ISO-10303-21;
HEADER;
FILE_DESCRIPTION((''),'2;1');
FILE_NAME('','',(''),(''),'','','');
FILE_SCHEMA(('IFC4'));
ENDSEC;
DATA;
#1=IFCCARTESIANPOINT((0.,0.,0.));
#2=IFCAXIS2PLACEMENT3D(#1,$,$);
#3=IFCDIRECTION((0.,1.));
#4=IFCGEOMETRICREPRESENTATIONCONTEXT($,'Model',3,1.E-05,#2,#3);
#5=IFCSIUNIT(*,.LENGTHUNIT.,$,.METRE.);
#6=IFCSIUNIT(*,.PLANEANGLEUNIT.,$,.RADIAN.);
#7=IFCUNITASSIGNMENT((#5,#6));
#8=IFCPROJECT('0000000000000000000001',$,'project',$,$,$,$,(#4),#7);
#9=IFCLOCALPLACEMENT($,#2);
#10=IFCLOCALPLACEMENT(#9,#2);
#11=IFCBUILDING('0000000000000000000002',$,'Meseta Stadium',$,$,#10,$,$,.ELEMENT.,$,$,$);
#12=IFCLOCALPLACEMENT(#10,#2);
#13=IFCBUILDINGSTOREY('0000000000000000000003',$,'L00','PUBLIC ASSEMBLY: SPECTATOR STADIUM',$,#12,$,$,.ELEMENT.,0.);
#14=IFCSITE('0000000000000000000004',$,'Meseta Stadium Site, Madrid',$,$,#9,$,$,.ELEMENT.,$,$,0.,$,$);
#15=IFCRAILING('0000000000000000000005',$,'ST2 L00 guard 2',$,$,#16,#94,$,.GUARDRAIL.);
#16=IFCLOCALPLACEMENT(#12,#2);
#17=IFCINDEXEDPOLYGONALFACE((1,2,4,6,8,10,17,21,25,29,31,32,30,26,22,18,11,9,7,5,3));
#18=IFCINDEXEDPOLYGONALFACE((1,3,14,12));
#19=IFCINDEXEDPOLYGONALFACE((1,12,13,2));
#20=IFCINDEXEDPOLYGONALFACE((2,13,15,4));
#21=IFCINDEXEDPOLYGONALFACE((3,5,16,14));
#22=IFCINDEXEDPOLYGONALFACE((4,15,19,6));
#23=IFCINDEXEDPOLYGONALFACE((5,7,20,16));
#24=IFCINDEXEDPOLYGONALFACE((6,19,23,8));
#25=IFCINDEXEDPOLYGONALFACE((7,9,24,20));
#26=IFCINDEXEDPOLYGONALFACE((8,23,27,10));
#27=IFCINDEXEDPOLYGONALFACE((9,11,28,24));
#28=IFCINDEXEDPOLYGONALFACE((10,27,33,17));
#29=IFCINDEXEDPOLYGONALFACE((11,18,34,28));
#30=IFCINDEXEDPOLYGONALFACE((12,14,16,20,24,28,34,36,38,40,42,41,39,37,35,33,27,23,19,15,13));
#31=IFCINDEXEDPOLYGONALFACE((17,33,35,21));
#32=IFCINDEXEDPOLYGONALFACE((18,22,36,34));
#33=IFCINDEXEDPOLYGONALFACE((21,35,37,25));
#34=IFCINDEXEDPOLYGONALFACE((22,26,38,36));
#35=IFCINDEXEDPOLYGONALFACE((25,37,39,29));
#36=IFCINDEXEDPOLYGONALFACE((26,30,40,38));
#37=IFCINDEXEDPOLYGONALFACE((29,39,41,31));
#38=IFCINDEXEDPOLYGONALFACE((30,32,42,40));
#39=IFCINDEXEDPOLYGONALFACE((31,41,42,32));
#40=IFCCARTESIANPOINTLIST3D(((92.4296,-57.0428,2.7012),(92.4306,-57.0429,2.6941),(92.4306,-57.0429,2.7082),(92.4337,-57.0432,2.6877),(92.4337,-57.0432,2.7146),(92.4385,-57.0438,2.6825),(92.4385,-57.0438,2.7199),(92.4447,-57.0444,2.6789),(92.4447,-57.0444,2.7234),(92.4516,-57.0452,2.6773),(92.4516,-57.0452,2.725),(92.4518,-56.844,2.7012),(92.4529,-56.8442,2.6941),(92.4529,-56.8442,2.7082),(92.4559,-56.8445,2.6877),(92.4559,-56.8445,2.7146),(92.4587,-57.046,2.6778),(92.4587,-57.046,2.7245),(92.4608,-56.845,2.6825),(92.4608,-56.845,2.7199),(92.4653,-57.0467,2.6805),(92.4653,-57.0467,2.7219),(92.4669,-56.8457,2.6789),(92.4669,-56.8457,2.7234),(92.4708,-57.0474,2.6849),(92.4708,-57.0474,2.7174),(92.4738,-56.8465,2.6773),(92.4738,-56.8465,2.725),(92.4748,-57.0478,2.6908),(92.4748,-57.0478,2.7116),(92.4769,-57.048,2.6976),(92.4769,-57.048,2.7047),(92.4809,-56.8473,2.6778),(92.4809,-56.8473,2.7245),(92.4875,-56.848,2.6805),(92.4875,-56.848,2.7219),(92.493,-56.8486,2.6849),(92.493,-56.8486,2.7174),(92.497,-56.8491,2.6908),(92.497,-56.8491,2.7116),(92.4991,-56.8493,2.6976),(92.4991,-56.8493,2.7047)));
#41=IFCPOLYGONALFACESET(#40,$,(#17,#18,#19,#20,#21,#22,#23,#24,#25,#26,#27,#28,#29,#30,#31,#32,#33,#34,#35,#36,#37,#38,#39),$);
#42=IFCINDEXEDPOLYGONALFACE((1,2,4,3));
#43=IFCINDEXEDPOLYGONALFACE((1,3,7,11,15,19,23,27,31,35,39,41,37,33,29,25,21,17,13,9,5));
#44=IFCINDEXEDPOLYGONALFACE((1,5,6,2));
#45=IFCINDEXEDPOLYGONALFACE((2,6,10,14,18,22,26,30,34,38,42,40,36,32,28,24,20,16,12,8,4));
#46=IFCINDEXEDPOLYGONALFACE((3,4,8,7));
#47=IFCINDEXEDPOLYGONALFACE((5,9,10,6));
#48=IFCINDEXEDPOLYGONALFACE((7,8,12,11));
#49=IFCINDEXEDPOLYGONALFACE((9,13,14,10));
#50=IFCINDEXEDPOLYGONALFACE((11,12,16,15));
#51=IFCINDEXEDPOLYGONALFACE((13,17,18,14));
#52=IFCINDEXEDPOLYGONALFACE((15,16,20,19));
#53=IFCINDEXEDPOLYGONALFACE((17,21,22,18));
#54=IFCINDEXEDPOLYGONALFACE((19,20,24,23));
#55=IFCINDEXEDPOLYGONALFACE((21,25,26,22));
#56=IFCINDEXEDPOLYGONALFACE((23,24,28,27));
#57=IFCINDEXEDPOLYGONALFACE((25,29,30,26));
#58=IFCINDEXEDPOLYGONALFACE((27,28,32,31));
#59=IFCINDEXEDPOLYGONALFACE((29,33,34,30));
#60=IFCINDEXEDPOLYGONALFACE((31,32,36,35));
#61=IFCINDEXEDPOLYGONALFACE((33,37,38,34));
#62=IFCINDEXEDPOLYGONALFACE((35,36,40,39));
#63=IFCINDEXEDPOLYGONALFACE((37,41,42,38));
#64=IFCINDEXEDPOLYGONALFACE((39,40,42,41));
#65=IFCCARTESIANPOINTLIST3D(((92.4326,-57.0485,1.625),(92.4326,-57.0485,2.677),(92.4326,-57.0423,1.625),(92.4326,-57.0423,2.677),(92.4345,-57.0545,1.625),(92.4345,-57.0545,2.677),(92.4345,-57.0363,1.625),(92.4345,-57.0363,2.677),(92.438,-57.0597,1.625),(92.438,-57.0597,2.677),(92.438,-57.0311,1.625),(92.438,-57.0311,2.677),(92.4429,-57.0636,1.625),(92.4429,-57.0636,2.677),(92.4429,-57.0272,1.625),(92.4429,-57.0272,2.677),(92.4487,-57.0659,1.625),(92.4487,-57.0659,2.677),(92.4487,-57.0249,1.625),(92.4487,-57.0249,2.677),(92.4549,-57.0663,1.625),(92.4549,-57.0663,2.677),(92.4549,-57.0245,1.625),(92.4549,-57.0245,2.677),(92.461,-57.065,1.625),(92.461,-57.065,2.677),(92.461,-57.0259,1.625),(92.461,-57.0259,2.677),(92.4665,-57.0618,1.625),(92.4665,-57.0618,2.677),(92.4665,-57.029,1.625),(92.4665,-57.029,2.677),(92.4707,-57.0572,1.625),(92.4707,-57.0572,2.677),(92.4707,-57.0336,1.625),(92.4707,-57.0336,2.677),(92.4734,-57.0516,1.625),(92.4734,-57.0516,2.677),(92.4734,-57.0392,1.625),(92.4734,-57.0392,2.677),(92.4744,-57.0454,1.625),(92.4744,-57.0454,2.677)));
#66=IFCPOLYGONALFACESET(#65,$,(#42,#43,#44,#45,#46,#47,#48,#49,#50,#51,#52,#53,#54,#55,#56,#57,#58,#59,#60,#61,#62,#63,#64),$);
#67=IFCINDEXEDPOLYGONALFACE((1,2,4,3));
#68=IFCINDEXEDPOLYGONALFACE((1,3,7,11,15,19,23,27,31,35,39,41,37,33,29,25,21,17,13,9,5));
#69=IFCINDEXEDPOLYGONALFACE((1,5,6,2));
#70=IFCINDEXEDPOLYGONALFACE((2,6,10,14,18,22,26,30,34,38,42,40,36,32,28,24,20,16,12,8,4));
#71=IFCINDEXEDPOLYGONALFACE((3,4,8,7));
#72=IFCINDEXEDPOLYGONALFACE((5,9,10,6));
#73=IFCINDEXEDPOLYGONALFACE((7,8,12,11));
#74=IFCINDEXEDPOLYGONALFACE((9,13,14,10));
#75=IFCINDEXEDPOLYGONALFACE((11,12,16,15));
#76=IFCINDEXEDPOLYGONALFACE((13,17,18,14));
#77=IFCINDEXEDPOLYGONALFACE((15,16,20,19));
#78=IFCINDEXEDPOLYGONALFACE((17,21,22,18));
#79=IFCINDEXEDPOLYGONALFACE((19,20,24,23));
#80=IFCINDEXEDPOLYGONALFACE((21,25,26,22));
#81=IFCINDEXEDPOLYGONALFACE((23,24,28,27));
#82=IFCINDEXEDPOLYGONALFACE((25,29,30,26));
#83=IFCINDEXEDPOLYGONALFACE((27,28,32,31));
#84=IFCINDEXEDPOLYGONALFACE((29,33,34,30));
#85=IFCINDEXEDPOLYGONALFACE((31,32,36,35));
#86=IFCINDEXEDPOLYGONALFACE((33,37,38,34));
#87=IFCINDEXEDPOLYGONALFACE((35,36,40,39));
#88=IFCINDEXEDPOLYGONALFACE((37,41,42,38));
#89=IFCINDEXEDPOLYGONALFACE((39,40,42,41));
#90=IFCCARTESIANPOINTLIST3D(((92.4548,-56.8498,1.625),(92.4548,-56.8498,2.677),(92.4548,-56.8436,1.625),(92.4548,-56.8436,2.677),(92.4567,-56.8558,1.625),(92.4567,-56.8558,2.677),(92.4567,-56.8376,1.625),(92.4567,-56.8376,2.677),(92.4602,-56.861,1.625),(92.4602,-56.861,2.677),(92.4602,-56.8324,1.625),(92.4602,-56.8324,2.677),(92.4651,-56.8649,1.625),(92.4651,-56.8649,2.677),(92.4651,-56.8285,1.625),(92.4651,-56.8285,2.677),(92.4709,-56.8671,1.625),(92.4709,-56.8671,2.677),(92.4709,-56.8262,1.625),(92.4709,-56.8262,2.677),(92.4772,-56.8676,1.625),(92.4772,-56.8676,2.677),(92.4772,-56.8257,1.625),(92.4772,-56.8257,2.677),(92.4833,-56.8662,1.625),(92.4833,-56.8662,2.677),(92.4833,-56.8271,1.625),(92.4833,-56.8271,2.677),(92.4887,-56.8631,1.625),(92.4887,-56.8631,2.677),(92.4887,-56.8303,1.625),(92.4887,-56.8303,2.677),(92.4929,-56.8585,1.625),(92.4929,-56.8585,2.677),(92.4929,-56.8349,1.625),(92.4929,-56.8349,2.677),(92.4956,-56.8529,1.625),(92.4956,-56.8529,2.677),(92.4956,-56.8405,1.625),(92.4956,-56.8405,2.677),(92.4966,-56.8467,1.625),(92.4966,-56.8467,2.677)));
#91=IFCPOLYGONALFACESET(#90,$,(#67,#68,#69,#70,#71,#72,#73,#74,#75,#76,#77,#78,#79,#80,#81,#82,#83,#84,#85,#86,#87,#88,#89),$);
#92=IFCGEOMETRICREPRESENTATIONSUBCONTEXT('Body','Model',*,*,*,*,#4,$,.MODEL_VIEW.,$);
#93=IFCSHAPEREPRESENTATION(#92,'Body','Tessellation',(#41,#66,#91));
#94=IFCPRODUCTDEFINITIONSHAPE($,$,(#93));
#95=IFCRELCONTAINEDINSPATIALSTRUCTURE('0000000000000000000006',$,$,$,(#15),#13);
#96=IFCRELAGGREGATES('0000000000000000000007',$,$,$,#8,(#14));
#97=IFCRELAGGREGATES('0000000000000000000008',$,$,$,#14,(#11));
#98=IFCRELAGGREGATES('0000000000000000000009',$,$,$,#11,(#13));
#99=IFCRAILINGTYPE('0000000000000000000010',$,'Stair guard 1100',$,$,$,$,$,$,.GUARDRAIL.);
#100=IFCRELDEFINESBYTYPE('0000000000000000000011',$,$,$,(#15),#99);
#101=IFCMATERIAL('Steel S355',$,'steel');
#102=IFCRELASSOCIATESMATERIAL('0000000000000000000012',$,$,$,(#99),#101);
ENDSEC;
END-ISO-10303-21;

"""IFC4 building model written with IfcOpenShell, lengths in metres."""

from ifc_helpers import new_model, si_unit, direction, frame, origin, origin_2d, place, context, subcontext, project, spatial, circle, extrude, material, type_object, element, save


model = new_model("IFC4")

# Units and contexts
model_context = context("Model", 3, precision=1e-05, world=origin(), true_north=direction((0.0, 1.0)))
body_context = subcontext(model_context, "Body", "Model", "MODEL_VIEW")
ifc_project = project(units=[si_unit("LENGTHUNIT", "METRE"), si_unit("PLANEANGLEUNIT", "RADIAN")], contexts=[model_context])

# Site, building, storey
site_placement = place(None, origin())
site = spatial("IfcSite", under=ifc_project, at=site_placement, Name="Meseta Stadium Site, Madrid", CompositionType="ELEMENT", RefElevation=0.0)
building_placement = place(site_placement, origin())
building = spatial("IfcBuilding", under=site, at=building_placement, Name="Meseta Stadium", CompositionType="ELEMENT")
storey_placement = place(building_placement, origin())
storey = spatial("IfcBuildingStorey", under=building, at=storey_placement, Name="L00", Description="PUBLIC ASSEMBLY: SPECTATOR STADIUM", CompositionType="ELEMENT", Elevation=0.0)

# Railing
ifc_material_1 = material(Name="Steel S355", Category="steel")
railing_type_1 = type_object("IfcRailingType", Name="Stair guard 1100", PredefinedType="GUARDRAIL", material=ifc_material_1)
railing_1_placement = place(storey_placement, frame((92.4534, -57.0454, 1.625)))
element("IfcRailing", 1, at=railing_1_placement, inside=storey, type_object=railing_type_1, Name="ST2 L00 guard 2", PredefinedType="GUARDRAIL", context=body_context, shape_type="SweptSolid", body=[
    extrude(circle(Radius=0.0239, at=origin_2d()), frame((0.0, 0.0, 1.0762), z_axis=(0.111102, 0.993809, 0.0), x_axis=(-0.993809, 0.111102, 0.0)), (0.0, 0.0, 1.0), 0.2),
    extrude(circle(Radius=0.021, at=origin_2d()), origin(), (0.0, 0.0, 1.0), 1.052),
    extrude(circle(Radius=0.021, at=origin_2d()), frame((0.0222, 0.1987, 0.0)), (0.0, 0.0, 1.0), 1.052),
])

save(model, "model.ifc")
